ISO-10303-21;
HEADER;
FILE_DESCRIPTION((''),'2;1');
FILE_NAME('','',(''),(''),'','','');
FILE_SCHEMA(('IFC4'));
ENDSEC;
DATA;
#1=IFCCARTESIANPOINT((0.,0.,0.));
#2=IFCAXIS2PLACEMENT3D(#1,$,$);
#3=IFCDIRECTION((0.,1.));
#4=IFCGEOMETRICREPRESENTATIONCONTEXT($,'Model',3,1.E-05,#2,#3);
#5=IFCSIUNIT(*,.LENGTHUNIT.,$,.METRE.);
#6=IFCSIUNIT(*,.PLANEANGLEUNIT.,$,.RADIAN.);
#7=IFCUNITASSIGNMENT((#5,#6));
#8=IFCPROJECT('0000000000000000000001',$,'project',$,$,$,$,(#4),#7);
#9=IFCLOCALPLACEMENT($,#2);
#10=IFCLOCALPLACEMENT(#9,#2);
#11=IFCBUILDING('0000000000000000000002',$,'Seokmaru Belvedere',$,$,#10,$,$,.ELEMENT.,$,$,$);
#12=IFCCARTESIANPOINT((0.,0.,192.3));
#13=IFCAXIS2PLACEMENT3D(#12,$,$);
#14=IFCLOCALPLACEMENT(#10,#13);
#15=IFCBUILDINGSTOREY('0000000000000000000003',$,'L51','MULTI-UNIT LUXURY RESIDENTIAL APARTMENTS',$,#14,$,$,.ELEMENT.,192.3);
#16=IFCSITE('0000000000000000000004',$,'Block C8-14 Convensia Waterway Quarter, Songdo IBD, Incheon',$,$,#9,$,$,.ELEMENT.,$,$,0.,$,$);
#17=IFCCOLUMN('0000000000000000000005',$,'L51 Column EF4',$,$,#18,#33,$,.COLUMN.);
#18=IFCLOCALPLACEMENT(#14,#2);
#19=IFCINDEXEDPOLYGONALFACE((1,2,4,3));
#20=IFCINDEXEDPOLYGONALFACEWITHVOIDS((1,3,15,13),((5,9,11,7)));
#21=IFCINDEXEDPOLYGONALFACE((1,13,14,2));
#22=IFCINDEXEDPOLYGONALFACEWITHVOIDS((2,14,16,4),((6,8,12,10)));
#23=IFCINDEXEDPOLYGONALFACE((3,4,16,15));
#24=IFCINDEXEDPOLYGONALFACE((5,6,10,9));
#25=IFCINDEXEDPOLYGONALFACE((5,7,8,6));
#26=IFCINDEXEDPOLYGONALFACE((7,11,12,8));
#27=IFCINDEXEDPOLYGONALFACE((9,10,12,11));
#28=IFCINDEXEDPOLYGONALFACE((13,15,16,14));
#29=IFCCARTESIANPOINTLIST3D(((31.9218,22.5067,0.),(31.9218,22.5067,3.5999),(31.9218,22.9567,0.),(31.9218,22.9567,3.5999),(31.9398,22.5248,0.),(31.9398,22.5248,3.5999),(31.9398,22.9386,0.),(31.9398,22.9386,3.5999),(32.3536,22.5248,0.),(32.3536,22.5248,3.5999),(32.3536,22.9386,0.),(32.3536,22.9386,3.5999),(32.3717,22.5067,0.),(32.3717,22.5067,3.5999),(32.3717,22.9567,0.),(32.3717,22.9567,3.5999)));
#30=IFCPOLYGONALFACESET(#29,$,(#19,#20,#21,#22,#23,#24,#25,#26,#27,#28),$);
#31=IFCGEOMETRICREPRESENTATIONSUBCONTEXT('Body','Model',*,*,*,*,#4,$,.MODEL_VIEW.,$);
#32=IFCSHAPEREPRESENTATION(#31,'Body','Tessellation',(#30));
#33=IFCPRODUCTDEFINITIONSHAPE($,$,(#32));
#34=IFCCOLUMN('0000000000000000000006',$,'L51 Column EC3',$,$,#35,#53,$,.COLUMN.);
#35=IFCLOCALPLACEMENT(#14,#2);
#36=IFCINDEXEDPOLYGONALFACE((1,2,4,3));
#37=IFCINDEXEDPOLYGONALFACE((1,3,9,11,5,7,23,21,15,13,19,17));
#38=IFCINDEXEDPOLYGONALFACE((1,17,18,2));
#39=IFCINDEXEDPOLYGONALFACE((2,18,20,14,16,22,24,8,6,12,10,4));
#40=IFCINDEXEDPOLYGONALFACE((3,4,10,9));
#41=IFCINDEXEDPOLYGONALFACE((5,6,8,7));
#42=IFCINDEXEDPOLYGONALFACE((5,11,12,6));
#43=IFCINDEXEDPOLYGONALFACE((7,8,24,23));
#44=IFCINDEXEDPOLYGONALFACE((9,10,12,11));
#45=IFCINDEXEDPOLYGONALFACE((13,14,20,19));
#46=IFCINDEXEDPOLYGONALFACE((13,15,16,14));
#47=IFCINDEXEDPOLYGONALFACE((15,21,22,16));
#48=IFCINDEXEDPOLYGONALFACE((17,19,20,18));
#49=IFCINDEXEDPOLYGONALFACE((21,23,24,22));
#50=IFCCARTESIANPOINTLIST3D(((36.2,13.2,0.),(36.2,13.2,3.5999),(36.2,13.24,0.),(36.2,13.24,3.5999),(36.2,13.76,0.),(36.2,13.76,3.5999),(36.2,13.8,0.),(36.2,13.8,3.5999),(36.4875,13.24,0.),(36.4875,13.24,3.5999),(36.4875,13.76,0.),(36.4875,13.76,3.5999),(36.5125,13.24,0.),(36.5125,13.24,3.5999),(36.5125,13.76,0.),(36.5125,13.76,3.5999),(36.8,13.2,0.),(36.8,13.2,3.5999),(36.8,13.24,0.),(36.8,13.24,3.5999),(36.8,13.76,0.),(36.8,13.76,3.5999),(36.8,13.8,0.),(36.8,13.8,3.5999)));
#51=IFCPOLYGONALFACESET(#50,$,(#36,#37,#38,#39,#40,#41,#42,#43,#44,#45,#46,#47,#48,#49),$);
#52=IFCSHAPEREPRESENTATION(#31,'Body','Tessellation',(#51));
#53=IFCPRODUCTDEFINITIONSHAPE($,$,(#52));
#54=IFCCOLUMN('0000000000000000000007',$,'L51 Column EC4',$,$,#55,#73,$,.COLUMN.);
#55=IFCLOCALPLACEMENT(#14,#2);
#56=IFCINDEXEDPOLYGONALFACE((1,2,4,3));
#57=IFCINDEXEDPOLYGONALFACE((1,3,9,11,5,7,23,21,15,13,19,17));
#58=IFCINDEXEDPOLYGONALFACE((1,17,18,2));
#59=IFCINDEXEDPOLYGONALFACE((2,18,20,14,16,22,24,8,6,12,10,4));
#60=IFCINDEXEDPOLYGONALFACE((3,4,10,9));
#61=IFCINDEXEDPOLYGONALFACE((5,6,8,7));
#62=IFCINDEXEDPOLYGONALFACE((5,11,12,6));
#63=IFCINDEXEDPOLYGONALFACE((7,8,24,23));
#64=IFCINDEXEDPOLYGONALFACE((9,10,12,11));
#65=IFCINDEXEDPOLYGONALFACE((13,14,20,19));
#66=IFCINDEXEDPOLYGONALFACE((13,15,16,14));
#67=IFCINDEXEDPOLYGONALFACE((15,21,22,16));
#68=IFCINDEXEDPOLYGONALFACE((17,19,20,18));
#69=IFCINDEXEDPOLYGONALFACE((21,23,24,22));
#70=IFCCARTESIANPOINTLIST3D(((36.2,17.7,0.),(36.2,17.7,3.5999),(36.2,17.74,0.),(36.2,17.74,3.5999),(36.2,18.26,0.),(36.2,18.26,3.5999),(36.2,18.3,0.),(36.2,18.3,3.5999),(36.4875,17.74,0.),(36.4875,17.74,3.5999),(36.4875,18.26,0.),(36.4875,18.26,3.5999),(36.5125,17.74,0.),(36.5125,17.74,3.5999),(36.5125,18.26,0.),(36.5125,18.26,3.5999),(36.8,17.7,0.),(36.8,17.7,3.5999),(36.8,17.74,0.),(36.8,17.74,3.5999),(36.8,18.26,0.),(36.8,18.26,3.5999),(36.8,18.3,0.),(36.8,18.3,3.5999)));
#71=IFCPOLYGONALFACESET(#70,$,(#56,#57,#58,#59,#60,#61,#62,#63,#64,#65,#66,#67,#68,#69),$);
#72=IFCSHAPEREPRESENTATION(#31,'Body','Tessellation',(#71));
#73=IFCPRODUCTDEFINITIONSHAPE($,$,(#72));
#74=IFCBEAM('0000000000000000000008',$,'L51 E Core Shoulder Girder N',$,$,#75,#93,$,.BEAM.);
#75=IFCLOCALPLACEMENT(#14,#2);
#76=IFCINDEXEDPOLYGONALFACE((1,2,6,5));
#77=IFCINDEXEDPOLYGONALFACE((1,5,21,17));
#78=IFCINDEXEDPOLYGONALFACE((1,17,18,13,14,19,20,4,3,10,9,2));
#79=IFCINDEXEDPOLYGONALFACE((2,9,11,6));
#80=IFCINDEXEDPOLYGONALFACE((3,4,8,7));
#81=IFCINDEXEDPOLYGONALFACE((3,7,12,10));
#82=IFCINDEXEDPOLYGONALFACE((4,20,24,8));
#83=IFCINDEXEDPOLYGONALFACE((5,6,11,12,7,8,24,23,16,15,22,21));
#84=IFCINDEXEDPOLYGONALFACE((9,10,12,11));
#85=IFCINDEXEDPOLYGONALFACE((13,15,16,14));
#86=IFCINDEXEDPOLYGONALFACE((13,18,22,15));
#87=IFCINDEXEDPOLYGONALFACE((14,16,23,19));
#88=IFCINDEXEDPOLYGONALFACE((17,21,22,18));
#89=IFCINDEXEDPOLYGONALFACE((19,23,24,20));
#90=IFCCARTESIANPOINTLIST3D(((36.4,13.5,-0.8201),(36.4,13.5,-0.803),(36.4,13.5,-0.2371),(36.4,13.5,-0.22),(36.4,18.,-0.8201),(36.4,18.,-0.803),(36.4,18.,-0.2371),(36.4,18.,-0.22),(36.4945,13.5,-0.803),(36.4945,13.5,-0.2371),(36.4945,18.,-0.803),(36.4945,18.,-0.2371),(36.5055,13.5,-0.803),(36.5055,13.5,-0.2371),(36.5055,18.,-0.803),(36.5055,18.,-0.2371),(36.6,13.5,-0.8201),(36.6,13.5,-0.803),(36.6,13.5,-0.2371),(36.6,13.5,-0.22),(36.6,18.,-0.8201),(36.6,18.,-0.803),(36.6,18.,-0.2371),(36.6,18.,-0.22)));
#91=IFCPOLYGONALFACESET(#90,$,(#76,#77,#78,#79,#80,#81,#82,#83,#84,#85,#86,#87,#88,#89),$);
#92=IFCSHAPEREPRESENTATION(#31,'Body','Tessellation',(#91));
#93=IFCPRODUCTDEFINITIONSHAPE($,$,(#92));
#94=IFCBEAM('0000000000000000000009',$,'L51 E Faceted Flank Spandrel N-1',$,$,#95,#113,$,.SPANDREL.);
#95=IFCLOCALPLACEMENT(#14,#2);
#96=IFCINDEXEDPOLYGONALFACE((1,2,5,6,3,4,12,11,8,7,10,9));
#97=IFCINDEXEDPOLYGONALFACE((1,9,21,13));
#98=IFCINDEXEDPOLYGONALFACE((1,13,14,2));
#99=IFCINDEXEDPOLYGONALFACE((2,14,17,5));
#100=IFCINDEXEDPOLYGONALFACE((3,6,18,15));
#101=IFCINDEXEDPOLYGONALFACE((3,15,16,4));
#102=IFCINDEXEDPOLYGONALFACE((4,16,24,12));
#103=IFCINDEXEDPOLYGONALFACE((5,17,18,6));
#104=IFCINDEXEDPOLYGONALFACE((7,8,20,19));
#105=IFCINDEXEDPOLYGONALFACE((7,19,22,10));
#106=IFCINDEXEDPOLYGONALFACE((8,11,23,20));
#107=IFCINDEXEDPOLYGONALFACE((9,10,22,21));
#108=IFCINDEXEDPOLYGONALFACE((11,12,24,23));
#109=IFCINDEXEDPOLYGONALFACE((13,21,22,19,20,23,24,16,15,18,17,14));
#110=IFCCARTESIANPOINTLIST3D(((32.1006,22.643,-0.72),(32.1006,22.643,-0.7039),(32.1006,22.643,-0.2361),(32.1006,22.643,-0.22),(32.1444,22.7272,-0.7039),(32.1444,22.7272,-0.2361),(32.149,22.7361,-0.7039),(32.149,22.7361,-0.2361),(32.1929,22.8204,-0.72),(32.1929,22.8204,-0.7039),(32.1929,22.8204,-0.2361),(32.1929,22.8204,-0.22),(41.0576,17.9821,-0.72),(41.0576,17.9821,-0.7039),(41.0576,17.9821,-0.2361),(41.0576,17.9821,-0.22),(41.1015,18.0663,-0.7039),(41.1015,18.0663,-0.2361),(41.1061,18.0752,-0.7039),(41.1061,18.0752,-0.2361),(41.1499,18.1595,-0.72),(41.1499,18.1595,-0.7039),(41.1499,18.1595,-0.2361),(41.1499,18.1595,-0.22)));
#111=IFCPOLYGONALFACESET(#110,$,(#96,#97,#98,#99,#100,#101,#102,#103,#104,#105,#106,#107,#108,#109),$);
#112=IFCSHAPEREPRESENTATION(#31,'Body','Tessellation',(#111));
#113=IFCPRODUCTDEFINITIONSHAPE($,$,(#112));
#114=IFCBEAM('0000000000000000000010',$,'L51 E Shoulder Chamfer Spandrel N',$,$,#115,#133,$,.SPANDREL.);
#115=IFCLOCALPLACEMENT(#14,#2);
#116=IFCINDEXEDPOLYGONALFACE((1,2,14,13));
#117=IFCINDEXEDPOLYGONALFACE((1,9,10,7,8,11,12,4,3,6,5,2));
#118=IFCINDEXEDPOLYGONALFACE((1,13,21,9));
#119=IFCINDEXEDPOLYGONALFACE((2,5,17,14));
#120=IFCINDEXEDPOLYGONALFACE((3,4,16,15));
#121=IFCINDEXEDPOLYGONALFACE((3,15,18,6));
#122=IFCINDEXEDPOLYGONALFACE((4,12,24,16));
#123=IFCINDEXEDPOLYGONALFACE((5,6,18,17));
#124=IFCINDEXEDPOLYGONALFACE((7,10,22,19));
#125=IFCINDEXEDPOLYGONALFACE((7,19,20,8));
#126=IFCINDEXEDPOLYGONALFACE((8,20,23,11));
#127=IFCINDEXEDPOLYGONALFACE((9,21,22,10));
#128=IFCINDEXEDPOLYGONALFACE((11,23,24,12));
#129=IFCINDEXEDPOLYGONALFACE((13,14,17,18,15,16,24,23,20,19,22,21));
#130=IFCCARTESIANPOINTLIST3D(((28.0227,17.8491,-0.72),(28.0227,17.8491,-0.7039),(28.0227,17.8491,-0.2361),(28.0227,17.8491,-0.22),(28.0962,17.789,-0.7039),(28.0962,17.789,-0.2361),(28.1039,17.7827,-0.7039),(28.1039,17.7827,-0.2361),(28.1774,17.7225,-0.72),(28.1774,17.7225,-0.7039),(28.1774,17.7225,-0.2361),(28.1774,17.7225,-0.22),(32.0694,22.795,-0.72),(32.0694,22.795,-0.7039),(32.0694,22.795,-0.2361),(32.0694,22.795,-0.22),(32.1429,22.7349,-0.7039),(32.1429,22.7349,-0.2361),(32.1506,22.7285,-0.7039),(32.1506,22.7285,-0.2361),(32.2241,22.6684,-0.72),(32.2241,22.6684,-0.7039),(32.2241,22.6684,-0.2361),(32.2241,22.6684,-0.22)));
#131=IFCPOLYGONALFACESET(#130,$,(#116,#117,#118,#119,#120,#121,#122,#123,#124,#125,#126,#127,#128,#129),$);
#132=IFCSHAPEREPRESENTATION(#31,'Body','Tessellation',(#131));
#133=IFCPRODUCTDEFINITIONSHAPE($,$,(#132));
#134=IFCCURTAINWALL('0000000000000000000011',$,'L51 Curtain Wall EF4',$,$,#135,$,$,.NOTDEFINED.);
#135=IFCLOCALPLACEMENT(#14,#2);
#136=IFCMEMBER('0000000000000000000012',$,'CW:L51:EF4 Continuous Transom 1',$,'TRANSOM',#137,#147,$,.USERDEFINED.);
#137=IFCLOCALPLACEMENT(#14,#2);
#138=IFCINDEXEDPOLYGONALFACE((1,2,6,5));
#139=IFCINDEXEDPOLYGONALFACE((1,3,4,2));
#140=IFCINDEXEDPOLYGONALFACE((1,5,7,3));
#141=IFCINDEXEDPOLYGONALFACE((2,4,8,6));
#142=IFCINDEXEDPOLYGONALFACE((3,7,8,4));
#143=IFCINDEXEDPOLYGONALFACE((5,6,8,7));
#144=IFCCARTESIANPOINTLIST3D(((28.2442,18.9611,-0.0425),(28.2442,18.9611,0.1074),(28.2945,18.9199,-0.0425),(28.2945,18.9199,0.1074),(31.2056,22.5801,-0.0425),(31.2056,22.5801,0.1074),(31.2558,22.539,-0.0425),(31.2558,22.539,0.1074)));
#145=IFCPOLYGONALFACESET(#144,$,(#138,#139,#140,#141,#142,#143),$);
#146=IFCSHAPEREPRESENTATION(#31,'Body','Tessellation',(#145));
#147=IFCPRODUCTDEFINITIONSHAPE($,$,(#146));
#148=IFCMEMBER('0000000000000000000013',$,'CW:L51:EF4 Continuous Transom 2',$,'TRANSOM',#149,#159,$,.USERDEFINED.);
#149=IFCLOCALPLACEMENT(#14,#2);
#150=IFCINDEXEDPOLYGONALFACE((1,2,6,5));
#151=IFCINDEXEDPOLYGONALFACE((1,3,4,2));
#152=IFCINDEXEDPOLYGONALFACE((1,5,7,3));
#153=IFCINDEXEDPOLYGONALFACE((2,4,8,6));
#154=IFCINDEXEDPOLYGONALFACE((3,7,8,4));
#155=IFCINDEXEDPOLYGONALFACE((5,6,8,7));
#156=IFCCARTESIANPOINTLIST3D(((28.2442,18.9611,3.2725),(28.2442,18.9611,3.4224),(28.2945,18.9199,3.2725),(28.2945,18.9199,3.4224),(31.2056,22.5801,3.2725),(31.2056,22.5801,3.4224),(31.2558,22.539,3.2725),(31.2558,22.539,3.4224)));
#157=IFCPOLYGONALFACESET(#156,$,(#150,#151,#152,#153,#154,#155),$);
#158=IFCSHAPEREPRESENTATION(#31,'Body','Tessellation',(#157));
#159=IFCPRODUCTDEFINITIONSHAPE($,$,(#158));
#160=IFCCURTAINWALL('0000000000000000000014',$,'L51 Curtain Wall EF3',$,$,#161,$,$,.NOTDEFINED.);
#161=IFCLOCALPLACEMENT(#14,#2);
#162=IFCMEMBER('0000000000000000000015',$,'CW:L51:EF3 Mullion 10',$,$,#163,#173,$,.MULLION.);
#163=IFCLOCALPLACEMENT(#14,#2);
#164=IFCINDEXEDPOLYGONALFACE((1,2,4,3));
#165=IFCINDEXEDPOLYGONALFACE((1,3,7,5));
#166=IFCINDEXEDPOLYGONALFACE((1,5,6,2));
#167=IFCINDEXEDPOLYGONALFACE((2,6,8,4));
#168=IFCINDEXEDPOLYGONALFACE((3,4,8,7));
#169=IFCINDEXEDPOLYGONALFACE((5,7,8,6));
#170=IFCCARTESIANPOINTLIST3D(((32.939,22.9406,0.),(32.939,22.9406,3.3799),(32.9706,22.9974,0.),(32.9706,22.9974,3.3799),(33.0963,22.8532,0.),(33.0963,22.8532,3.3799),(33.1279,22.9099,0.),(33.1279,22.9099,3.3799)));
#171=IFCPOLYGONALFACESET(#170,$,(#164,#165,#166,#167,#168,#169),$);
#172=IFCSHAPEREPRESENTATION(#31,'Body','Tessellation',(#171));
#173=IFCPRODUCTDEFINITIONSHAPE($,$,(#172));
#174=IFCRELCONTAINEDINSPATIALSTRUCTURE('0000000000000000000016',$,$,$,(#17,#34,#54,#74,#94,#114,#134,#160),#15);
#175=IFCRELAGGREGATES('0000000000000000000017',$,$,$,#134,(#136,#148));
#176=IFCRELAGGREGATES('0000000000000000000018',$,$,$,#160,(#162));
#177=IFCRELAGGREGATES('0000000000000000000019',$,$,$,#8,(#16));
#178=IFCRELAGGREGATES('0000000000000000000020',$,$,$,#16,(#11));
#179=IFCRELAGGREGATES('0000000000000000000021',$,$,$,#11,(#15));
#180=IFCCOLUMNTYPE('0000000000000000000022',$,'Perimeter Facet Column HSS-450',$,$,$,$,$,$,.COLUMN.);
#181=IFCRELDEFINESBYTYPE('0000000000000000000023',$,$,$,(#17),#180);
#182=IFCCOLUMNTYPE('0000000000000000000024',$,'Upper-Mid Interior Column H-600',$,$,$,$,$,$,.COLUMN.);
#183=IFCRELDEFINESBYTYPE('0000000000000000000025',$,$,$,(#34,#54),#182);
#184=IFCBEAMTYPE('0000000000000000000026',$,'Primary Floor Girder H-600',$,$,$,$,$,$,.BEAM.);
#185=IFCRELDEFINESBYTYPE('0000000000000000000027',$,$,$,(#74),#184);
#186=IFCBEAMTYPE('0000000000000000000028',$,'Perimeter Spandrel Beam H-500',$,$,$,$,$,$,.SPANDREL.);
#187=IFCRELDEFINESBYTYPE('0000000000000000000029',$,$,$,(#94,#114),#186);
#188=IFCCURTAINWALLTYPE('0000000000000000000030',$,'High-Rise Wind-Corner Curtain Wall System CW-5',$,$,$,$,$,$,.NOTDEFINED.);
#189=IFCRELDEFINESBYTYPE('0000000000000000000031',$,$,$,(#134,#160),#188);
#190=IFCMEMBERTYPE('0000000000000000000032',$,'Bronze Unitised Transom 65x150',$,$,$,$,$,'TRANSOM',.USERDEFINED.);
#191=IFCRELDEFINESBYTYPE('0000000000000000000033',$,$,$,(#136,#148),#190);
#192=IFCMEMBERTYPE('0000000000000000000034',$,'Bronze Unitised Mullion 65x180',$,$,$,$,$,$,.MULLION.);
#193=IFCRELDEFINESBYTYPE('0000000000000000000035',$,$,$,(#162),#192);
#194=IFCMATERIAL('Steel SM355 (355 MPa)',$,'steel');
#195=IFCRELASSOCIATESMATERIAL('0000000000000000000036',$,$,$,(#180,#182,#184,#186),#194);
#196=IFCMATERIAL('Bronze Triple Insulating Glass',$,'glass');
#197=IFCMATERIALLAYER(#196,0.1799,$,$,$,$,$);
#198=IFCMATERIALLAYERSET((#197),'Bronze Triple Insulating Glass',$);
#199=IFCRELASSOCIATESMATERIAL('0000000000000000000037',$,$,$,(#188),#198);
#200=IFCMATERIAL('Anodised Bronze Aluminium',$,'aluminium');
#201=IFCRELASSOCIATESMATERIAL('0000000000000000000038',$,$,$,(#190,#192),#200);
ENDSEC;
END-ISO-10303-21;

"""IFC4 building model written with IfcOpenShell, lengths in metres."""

from ifc_helpers import new_model, si_unit, direction, frame, origin, origin_2d, place, context, subcontext, project, spatial, rectangle, hollow_rectangle, i_section, extrude, source, transform, mapped, material, layer, layer_set, material_profile, profile_set, type_object, type_shapes, element, aggregate, save


model = new_model("IFC4")

# Units and contexts
model_context = context("Model", 3, precision=1e-05, world=origin(), true_north=direction((0.0, 1.0)))
body_context = subcontext(model_context, "Body", "Model", "MODEL_VIEW")
ifc_project = project(units=[si_unit("LENGTHUNIT", "METRE"), si_unit("PLANEANGLEUNIT", "RADIAN")], contexts=[model_context])

# Site, building, storey
site_placement = place(None, origin())
site = spatial("IfcSite", under=ifc_project, at=site_placement, Name="Block C8-14 Convensia Waterway Quarter, Songdo IBD, Incheon", CompositionType="ELEMENT", RefElevation=0.0)
building_placement = place(site_placement, origin())
building = spatial("IfcBuilding", under=site, at=building_placement, Name="Seokmaru Belvedere", CompositionType="ELEMENT")
storey_placement = place(building_placement, frame((0.0, 0.0, 192.3)))
storey = spatial("IfcBuildingStorey", under=building, at=storey_placement, Name="L51", Description="MULTI-UNIT LUXURY RESIDENTIAL APARTMENTS", CompositionType="ELEMENT", Elevation=192.3)

# Columns
ifc_material_1 = material(Name="Steel SM355 (355 MPa)", Category="steel")
ifc_material_profile_1 = material_profile(ifc_material_1, hollow_rectangle(XDim=0.45, YDim=0.45, WallThickness=0.0181, at=origin_2d()), Name="HSS-450x450x18")
ifc_profile_set_1 = profile_set([ifc_material_profile_1], Name="Steel SM355 (355 MPa)")
column_type_1 = type_object("IfcColumnType", Name="Perimeter Facet Column HSS-450", PredefinedType="COLUMN", material=ifc_profile_set_1)
shared_shape_1 = source(origin(), body_context, "Body", "SweptSolid", [
    extrude(hollow_rectangle(XDim=0.45, YDim=0.45, WallThickness=0.0181, at=origin_2d()), origin(), (0.0, 0.0, 1.0), 3.5999),
])
type_shapes(column_type_1, [shared_shape_1])
column_placement = place(storey_placement, frame((32.1467, 22.7317, 0.0), z_axis=(0.0, 0.0, 1.0), x_axis=(1.0, 0.0, 0.0)))
element("IfcColumn", 1, at=column_placement, inside=storey, type_object=column_type_1, Name="L51 Column EF4", PredefinedType="COLUMN", context=body_context, shape_type="MappedRepresentation", body=[
    mapped(shared_shape_1, transform((0.0, 0.0, 0.0), scale=1.0)),
])
ifc_material_profile_2 = material_profile(ifc_material_1, i_section(OverallWidth=0.6001, OverallDepth=0.6001, WebThickness=0.0249, FlangeThickness=0.04, at=origin_2d()), Name="H-600x600x25x40")
ifc_profile_set_2 = profile_set([ifc_material_profile_2], Name="Steel SM355 (355 MPa)")
column_type_2 = type_object("IfcColumnType", Name="Upper-Mid Interior Column H-600", PredefinedType="COLUMN", material=ifc_profile_set_2)
shared_shape_2 = source(origin(), body_context, "Body", "SweptSolid", [
    extrude(i_section(OverallWidth=0.6001, OverallDepth=0.6001, WebThickness=0.0249, FlangeThickness=0.04, at=origin_2d()), origin(), (0.0, 0.0, 1.0), 3.5999),
])
type_shapes(column_type_2, [shared_shape_2])
for number, where, z_axis, x_axis, name in (
    (2, (36.5, 13.5, 0.0), (0.0, 0.0, 1.0), (1.0, 0.0, 0.0), "L51 Column EC3"),
    (3, (36.5, 18.0, 0.0), (0.0, 0.0, 1.0), (1.0, 0.0, 0.0), "L51 Column EC4"),
):
    element("IfcColumn", number, at=place(storey_placement, frame(where, z_axis=z_axis, x_axis=x_axis)), inside=storey, type_object=column_type_2, Name=name, PredefinedType="COLUMN", context=body_context, shape_type="MappedRepresentation", body=[
        mapped(shared_shape_2, transform((0.0, 0.0, 0.0), scale=1.0)),
    ])

# Beams
ifc_material_profile_3 = material_profile(ifc_material_1, i_section(OverallWidth=0.2, OverallDepth=0.6001, WebThickness=0.011, FlangeThickness=0.0171, at=origin_2d()), Name="H-600x200x11x17")
ifc_profile_set_3 = profile_set([ifc_material_profile_3], Name="Steel SM355 (355 MPa)")
beam_type_1 = type_object("IfcBeamType", Name="Primary Floor Girder H-600", PredefinedType="BEAM", material=ifc_profile_set_3)
shared_shape_3 = source(origin(), body_context, "Body", "SweptSolid", [
    extrude(i_section(OverallWidth=0.2, OverallDepth=0.6001, WebThickness=0.011, FlangeThickness=0.0171, at=origin_2d()), origin(), (0.0, 0.0, 1.0), 4.5),
])
type_shapes(beam_type_1, [shared_shape_3])
beam_1_placement = place(storey_placement, frame((36.5, 13.5, -0.52), z_axis=(0.0, 1.0, 0.0), x_axis=(-1.0, 0.0, 0.0)))
element("IfcBeam", 4, at=beam_1_placement, inside=storey, type_object=beam_type_1, Name="L51 E Core Shoulder Girder N", PredefinedType="BEAM", context=body_context, shape_type="MappedRepresentation", body=[
    mapped(shared_shape_3, transform((0.0, 0.0, 0.0), scale=1.0)),
])
ifc_material_profile_4 = material_profile(ifc_material_1, i_section(OverallWidth=0.2, OverallDepth=0.5, WebThickness=0.01, FlangeThickness=0.0161, at=origin_2d()), Name="H-500x200x10x16")
ifc_profile_set_4 = profile_set([ifc_material_profile_4], Name="Steel SM355 (355 MPa)")
beam_type_2 = type_object("IfcBeamType", Name="Perimeter Spandrel Beam H-500", PredefinedType="SPANDREL", material=ifc_profile_set_4)
shared_shape_4 = source(origin(), body_context, "Body", "SweptSolid", [
    extrude(i_section(OverallWidth=0.2, OverallDepth=0.5, WebThickness=0.01, FlangeThickness=0.0161, at=origin_2d()), origin(), (0.0, 0.0, 1.0), 10.0972),
])
beam_2_placement = place(storey_placement, frame((32.1467, 22.7317, -0.47), z_axis=(0.887086, -0.461605, 0.0), x_axis=(0.461605, 0.887086, 0.0)))
element("IfcBeam", 5, at=beam_2_placement, inside=storey, type_object=beam_type_2, Name="L51 E Faceted Flank Spandrel N-1", PredefinedType="SPANDREL", context=body_context, shape_type="MappedRepresentation", body=[
    mapped(shared_shape_4, transform((0.0, 0.0, 0.0), scale=1.0)),
])
shared_shape_5 = source(origin(), body_context, "Body", "SweptSolid", [
    extrude(i_section(OverallWidth=0.2, OverallDepth=0.5, WebThickness=0.01, FlangeThickness=0.0161, at=origin_2d()), origin(), (0.0, 0.0, 1.0), 6.3904),
])
type_shapes(beam_type_2, [shared_shape_4, shared_shape_5])
beam_3_placement = place(storey_placement, frame((32.1467, 22.7317, -0.47), z_axis=(-0.633244, -0.773952, 0.0), x_axis=(0.773952, -0.633244, 0.0)))
element("IfcBeam", 6, at=beam_3_placement, inside=storey, type_object=beam_type_2, Name="L51 E Shoulder Chamfer Spandrel N", PredefinedType="SPANDREL", context=body_context, shape_type="MappedRepresentation", body=[
    mapped(shared_shape_5, transform((0.0, 0.0, 0.0), scale=1.0)),
])

# Curtain wall, members
ifc_material_2 = material(Name="Bronze Triple Insulating Glass", Category="glass")
ifc_layer_1 = layer(ifc_material_2, 0.1799)
ifc_layer_set_1 = layer_set([ifc_layer_1], Name="Bronze Triple Insulating Glass")
curtain_wall_type = type_object("IfcCurtainWallType", Name="High-Rise Wind-Corner Curtain Wall System CW-5", PredefinedType="NOTDEFINED", material=ifc_layer_set_1)
curtain_wall_1_placement = place(storey_placement, origin())
curtain_wall_1 = element("IfcCurtainWall", 7, at=curtain_wall_1_placement, inside=storey, type_object=curtain_wall_type, Name="L51 Curtain Wall EF4", PredefinedType="NOTDEFINED")
ifc_material_3 = material(Name="Anodised Bronze Aluminium", Category="aluminium")
ifc_material_profile_5 = material_profile(ifc_material_3, rectangle(XDim=0.0649, YDim=0.1499, at=origin_2d()), Name="CW-T-65x150")
ifc_profile_set_5 = profile_set([ifc_material_profile_5], Name="Anodised Bronze Aluminium")
member_type_1 = type_object("IfcMemberType", Name="Bronze Unitised Transom 65x150", ElementType="TRANSOM", PredefinedType="USERDEFINED", material=ifc_profile_set_5)
shared_shape_6 = source(origin(), body_context, "Body", "SweptSolid", [
    extrude(rectangle(XDim=0.0649, YDim=0.1499, at=origin_2d()), origin(), (0.0, 0.0, 1.0), 4.6763),
])
type_shapes(member_type_1, [shared_shape_6])
member_1_placement = place(storey_placement, frame((31.2307, 22.5596, 0.0325), z_axis=(-0.633278, -0.773925, 0.0), x_axis=(0.773925, -0.633278, 0.0)))
member_1 = element("IfcMember", 8, at=member_1_placement, type_object=member_type_1, Name="CW:L51:EF4 Continuous Transom 1", ObjectType="TRANSOM", PredefinedType="USERDEFINED", context=body_context, shape_type="MappedRepresentation", body=[
    mapped(shared_shape_6, transform((0.0, 0.0, 0.0), scale=1.0)),
])
member_2_placement = place(storey_placement, frame((31.2307, 22.5596, 3.3474), z_axis=(-0.633278, -0.773925, 0.0), x_axis=(0.773925, -0.633278, 0.0)))
member_2 = element("IfcMember", 9, at=member_2_placement, type_object=member_type_1, Name="CW:L51:EF4 Continuous Transom 2", ObjectType="TRANSOM", PredefinedType="USERDEFINED", context=body_context, shape_type="MappedRepresentation", body=[
    mapped(shared_shape_6, transform((0.0, 0.0, 0.0), scale=1.0)),
])

# Curtain wall, member
curtain_wall_2_placement = place(storey_placement, origin())
curtain_wall_2 = element("IfcCurtainWall", 10, at=curtain_wall_2_placement, inside=storey, type_object=curtain_wall_type, Name="L51 Curtain Wall EF3", PredefinedType="NOTDEFINED")
ifc_material_profile_6 = material_profile(ifc_material_3, rectangle(XDim=0.0649, YDim=0.1799, at=origin_2d()), Name="CW-M-65x180")
ifc_profile_set_6 = profile_set([ifc_material_profile_6], Name="Anodised Bronze Aluminium")
member_type_2 = type_object("IfcMemberType", Name="Bronze Unitised Mullion 65x180", PredefinedType="MULLION", material=ifc_profile_set_6)
shared_shape_7 = source(origin(), body_context, "Body", "SweptSolid", [
    extrude(rectangle(XDim=0.0649, YDim=0.1799, at=origin_2d()), origin(), (0.0, 0.0, 1.0), 3.3799),
])
type_shapes(member_type_2, [shared_shape_7])
member_3_placement = place(storey_placement, frame((33.0334, 22.9253, 0.0), z_axis=(0.0, 0.0, 1.0), x_axis=(-0.486047, -0.873933, 0.0)))
member_3 = element("IfcMember", 11, at=member_3_placement, type_object=member_type_2, Name="CW:L51:EF3 Mullion 10", PredefinedType="MULLION", context=body_context, shape_type="MappedRepresentation", body=[
    mapped(shared_shape_7, transform((0.0, 0.0, 0.0), scale=1.0)),
])

aggregate(curtain_wall_1, [member_1, member_2])
aggregate(curtain_wall_2, [member_3])

save(model, "model.ifc")
